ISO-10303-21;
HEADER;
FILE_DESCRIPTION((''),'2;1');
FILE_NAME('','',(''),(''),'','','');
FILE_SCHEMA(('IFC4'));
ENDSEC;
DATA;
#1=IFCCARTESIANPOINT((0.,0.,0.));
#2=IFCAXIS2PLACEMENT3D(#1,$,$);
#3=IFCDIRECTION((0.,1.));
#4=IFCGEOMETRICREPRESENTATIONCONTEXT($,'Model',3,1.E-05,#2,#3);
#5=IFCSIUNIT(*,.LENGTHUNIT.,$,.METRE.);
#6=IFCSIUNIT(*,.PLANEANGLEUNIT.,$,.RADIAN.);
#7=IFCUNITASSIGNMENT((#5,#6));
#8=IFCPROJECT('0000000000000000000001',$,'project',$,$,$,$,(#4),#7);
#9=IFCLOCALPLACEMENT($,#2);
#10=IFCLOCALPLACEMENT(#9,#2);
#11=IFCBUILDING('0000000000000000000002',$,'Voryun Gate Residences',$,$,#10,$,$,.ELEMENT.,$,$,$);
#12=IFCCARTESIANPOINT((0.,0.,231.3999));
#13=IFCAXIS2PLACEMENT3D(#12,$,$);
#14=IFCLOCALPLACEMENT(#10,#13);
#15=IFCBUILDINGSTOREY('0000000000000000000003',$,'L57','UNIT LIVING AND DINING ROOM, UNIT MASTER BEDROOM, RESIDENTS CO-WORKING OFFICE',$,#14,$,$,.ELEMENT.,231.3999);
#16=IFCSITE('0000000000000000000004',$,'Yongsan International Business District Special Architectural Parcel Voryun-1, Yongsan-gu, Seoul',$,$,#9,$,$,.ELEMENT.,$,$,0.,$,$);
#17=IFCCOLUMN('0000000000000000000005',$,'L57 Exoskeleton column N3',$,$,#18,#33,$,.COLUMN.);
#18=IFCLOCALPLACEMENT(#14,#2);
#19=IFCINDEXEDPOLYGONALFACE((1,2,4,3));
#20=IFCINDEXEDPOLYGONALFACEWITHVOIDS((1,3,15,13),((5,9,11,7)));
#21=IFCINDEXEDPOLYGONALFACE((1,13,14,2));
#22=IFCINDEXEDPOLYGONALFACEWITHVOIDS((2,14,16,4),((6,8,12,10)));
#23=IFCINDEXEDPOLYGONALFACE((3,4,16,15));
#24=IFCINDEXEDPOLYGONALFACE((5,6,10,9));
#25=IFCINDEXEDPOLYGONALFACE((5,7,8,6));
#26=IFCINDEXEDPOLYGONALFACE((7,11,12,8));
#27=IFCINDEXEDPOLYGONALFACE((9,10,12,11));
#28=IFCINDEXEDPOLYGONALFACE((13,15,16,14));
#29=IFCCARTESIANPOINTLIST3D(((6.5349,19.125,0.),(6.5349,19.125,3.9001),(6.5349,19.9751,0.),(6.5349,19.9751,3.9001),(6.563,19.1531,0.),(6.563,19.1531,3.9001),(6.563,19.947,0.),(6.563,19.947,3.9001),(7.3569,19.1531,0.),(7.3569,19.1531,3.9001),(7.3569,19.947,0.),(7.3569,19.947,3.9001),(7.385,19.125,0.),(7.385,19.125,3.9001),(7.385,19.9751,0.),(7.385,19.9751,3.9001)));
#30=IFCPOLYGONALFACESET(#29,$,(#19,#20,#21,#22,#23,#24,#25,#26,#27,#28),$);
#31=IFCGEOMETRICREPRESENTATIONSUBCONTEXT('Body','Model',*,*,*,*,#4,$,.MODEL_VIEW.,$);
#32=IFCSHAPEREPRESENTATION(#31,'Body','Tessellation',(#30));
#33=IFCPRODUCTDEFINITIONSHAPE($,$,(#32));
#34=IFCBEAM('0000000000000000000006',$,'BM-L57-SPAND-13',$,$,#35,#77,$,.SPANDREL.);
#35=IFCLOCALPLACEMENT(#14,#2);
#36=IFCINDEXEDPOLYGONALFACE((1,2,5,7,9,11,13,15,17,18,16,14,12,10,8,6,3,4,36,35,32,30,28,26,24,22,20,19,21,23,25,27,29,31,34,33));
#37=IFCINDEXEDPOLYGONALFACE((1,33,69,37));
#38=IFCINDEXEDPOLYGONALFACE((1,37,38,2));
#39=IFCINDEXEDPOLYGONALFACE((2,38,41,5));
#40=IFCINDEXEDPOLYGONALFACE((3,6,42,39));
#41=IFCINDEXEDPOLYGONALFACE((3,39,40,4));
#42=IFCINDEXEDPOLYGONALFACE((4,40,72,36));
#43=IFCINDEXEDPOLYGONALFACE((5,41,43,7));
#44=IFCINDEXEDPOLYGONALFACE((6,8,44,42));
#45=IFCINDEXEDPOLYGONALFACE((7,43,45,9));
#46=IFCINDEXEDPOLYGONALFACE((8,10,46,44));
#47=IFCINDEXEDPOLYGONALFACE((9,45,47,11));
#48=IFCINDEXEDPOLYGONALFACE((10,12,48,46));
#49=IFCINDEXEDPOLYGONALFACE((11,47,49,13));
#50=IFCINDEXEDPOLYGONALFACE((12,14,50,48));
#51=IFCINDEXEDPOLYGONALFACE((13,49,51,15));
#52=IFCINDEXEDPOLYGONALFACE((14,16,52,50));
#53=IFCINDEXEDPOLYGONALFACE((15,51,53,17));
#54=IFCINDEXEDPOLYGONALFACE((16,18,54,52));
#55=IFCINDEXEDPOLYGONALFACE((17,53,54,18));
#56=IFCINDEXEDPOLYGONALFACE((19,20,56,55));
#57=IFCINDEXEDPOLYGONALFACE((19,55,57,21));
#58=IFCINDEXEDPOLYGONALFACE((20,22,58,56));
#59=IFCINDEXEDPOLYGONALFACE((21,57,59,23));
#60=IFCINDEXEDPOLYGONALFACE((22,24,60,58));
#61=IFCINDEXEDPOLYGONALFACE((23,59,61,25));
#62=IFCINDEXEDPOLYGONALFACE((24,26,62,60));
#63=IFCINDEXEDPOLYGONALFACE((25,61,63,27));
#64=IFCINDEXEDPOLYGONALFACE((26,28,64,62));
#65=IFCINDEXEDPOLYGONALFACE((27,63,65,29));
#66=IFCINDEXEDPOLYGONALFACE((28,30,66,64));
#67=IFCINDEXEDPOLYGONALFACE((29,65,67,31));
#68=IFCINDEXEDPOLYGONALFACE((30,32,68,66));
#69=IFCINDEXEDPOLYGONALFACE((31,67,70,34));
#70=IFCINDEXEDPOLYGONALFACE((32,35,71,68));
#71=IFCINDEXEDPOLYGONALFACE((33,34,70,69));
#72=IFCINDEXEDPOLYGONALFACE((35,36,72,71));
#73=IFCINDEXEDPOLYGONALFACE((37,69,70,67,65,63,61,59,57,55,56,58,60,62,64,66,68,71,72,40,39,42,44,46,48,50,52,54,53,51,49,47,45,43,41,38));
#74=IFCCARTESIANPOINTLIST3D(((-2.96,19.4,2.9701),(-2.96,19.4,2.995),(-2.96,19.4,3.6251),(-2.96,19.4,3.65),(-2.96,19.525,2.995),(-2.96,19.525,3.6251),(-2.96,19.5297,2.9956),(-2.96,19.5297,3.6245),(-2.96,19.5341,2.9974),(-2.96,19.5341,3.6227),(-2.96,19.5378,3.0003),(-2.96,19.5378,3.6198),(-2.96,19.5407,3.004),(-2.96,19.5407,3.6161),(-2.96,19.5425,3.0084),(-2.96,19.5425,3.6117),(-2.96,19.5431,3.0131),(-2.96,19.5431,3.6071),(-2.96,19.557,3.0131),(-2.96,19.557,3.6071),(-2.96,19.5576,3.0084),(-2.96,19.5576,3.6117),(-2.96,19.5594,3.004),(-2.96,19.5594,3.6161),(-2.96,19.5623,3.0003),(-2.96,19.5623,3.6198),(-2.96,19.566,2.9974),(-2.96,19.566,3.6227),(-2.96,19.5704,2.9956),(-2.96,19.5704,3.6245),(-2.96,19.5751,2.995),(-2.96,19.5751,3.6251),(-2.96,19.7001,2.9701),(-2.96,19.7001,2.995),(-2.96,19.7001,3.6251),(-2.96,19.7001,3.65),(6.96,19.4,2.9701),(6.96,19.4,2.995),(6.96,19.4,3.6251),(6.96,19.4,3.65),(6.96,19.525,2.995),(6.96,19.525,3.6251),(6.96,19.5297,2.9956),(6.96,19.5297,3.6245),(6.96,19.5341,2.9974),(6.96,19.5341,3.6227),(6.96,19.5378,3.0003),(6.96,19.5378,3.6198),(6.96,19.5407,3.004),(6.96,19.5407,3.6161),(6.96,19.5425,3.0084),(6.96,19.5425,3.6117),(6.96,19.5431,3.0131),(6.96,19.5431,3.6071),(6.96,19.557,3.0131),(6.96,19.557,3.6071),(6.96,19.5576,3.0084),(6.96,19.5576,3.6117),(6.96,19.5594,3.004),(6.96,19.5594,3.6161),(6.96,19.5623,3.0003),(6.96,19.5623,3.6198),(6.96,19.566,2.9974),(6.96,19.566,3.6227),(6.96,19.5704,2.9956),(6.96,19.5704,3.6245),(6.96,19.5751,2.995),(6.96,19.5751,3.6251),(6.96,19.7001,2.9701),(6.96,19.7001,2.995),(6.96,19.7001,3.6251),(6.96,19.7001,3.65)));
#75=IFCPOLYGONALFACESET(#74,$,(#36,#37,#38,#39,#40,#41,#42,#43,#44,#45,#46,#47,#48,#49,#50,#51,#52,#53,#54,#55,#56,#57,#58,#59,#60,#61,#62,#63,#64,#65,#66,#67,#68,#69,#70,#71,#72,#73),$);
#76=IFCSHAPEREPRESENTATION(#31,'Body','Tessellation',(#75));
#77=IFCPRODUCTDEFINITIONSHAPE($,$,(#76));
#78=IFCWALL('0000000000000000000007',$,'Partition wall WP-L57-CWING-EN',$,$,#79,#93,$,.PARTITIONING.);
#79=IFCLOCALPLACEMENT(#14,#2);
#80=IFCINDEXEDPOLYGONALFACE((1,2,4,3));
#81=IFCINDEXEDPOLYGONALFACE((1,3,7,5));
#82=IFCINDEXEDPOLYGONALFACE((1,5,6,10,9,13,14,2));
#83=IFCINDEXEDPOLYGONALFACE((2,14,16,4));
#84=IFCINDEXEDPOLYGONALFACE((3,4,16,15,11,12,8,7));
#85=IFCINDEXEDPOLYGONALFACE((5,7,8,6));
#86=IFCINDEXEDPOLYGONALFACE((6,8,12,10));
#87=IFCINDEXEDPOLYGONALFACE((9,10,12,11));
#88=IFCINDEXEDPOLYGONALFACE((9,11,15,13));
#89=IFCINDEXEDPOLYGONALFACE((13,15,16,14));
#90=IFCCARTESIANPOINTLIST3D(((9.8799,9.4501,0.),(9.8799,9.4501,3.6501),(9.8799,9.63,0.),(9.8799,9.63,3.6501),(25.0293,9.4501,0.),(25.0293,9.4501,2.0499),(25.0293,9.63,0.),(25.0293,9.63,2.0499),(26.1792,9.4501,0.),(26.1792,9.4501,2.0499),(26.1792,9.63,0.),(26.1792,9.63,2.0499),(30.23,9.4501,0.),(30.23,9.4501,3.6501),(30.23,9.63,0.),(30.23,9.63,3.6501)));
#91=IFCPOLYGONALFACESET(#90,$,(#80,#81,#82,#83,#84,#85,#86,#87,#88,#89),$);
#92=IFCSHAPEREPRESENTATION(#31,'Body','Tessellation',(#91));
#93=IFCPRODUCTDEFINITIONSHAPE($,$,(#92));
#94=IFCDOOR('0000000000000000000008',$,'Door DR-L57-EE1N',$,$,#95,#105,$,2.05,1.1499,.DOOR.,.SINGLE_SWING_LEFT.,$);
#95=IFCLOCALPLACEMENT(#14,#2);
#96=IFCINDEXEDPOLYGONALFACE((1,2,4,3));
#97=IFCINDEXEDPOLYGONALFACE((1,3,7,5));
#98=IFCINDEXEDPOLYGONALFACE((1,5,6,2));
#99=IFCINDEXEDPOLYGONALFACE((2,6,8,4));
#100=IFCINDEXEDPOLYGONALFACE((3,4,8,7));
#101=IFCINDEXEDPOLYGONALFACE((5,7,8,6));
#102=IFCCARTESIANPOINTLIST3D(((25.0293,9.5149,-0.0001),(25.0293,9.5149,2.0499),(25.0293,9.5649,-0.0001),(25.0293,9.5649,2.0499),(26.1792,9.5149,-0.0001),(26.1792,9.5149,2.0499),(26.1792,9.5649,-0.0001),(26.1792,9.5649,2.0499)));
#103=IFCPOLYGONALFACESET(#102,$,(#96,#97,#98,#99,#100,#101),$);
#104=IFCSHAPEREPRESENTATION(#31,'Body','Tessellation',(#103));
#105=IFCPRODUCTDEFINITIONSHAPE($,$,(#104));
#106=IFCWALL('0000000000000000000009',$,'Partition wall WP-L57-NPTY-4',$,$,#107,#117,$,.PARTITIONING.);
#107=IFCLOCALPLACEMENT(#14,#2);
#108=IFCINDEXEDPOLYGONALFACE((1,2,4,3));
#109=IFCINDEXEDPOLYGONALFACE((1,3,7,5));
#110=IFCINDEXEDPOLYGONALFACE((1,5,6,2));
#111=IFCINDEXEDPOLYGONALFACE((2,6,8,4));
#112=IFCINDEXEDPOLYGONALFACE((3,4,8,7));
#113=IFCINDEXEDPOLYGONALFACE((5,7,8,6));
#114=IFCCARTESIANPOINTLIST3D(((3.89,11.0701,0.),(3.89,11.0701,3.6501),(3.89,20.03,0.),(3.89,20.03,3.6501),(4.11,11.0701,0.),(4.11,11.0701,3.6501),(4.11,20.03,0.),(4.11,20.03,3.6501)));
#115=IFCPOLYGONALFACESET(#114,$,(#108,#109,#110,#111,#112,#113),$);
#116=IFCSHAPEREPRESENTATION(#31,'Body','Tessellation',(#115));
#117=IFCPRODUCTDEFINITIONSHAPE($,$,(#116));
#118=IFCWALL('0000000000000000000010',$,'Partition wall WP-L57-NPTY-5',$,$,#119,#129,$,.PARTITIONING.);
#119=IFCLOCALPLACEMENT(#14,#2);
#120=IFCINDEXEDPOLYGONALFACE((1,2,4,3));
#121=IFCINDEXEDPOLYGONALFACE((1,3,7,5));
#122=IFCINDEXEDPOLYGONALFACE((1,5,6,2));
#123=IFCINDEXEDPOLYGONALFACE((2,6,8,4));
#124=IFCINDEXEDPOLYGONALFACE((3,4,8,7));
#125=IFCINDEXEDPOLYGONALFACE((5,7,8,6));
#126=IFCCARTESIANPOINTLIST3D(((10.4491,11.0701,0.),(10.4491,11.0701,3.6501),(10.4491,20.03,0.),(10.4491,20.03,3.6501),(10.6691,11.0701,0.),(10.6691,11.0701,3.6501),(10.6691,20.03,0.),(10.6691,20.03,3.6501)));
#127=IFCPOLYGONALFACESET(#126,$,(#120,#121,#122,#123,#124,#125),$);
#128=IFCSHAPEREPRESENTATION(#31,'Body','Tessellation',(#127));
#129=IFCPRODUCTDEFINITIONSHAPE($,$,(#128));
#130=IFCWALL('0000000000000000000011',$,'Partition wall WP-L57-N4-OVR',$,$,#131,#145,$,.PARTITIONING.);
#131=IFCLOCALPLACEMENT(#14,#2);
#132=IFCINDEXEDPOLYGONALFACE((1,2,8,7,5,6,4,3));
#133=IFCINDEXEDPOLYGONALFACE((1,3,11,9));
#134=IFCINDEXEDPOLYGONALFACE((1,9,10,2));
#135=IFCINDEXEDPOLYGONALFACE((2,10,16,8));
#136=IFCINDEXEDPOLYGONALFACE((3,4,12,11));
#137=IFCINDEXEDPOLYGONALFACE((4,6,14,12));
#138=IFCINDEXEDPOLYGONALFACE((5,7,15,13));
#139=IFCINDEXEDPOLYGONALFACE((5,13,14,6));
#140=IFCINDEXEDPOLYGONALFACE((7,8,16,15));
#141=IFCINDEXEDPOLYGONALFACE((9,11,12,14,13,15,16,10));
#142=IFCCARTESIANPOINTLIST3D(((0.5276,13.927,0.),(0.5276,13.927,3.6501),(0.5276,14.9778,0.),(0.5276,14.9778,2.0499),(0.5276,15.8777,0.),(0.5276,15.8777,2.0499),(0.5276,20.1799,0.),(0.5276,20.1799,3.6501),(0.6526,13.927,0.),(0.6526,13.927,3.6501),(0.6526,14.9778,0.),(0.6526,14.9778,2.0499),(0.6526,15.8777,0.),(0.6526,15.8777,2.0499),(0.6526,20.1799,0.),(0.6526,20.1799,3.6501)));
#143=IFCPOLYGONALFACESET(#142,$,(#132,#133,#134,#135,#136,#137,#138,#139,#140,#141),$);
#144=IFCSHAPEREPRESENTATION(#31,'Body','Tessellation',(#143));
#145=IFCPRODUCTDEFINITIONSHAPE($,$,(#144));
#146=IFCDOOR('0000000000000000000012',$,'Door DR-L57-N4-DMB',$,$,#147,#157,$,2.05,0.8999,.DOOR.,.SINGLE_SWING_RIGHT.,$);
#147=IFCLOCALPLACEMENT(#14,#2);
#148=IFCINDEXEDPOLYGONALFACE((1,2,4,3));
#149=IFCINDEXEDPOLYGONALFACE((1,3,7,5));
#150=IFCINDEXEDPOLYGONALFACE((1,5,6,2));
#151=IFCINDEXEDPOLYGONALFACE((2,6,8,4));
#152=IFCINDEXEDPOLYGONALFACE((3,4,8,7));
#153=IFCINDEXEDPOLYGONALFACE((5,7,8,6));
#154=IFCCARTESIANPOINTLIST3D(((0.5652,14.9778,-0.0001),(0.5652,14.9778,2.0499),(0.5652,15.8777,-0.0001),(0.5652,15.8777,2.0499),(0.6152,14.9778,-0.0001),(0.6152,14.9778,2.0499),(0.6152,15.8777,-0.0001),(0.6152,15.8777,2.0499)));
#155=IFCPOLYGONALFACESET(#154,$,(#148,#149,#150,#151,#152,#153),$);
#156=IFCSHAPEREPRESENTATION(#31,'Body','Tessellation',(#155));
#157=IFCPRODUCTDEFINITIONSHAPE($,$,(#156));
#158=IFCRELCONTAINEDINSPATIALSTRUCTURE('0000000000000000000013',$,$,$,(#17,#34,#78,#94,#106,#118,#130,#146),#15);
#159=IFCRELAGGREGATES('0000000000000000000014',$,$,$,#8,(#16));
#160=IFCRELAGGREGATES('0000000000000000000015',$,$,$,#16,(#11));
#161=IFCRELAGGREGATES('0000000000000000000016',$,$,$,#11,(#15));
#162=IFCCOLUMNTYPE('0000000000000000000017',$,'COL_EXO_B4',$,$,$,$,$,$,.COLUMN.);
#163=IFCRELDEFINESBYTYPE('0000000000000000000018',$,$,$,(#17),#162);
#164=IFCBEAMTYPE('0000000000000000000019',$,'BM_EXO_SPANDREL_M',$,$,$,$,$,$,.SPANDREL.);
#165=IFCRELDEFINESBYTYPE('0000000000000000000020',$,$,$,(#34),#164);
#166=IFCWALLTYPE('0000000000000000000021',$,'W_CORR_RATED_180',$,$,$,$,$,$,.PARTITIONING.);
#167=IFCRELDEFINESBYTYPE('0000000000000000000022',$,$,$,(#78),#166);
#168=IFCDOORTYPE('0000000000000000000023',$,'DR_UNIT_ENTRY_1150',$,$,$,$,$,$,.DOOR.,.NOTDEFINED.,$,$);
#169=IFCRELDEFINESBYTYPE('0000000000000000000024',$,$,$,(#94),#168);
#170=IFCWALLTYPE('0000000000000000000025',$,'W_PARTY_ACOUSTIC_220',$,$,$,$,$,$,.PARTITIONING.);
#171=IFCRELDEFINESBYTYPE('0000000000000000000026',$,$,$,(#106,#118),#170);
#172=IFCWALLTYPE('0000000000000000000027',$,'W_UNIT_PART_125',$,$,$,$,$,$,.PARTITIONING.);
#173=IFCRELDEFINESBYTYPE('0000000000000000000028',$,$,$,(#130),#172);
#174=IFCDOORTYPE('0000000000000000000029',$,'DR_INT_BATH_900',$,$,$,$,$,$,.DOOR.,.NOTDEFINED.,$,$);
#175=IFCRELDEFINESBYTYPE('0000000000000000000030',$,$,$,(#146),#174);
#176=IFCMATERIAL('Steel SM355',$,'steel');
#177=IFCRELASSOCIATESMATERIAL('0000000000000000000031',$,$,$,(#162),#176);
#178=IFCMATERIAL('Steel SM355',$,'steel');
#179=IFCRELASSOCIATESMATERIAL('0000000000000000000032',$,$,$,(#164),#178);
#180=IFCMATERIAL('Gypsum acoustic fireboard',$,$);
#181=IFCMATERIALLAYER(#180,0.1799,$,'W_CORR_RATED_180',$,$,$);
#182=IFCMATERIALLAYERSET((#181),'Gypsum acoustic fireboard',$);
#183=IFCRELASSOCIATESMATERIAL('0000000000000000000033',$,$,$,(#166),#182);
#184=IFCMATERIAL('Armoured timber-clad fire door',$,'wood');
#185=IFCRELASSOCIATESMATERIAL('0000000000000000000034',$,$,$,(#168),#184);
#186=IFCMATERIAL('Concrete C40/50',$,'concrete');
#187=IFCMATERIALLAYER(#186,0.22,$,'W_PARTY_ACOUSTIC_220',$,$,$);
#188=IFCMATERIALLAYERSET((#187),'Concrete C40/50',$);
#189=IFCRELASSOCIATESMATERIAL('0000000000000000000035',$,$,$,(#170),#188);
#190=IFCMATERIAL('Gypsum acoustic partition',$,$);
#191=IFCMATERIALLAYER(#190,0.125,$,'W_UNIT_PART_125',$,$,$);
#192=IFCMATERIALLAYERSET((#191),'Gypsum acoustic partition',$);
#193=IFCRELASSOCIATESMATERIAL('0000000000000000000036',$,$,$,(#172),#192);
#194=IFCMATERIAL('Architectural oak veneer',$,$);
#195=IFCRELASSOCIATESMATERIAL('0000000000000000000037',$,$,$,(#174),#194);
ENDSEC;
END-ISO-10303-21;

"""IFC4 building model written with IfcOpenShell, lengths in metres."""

from ifc_helpers import new_model, si_unit, direction, frame, frame_2d, origin, origin_2d, place, context, subcontext, project, spatial, rectangle, hollow_rectangle, i_section, extrude, material, layer, layer_set, material_profile, profile_set, type_object, element, fill, save


model = new_model("IFC4")

# Units and contexts
model_context = context("Model", 3, precision=1e-05, world=origin(), true_north=direction((0.0, 1.0)))
body_context = subcontext(model_context, "Body", "Model", "MODEL_VIEW")
ifc_project = project(units=[si_unit("LENGTHUNIT", "METRE"), si_unit("PLANEANGLEUNIT", "RADIAN")], contexts=[model_context])

# Site, building, storey
site_placement = place(None, origin())
site = spatial("IfcSite", under=ifc_project, at=site_placement, Name="Yongsan International Business District Special Architectural Parcel Voryun-1, Yongsan-gu, Seoul", CompositionType="ELEMENT", RefElevation=0.0)
building_placement = place(site_placement, origin())
building = spatial("IfcBuilding", under=site, at=building_placement, Name="Voryun Gate Residences", CompositionType="ELEMENT")
storey_placement = place(building_placement, frame((0.0, 0.0, 231.3999)))
storey = spatial("IfcBuildingStorey", under=building, at=storey_placement, Name="L57", Description="UNIT LIVING AND DINING ROOM, UNIT MASTER BEDROOM, RESIDENTS CO-WORKING OFFICE", CompositionType="ELEMENT", Elevation=231.3999)

# Column
ifc_material_1 = material(Name="Steel SM355", Category="steel")
ifc_material_profile_1 = material_profile(ifc_material_1, hollow_rectangle(XDim=0.8501, YDim=0.8501, WallThickness=0.0281, at=origin_2d()), Name="BOX-850x850x28")
ifc_profile_set_1 = profile_set([ifc_material_profile_1], Name="Steel SM355")
column_type = type_object("IfcColumnType", Name="COL_EXO_B4", PredefinedType="COLUMN", material=ifc_profile_set_1)
column_placement = place(storey_placement, frame((6.96, 19.55, 0.0), z_axis=(0.0, 0.0, 1.0), x_axis=(1.0, 0.0, 0.0)))
element("IfcColumn", 1, at=column_placement, inside=storey, type_object=column_type, Name="L57 Exoskeleton column N3", PredefinedType="COLUMN", context=body_context, shape_type="SweptSolid", body=[
    extrude(hollow_rectangle(XDim=0.8501, YDim=0.8501, WallThickness=0.0281, at=origin_2d()), origin(), (0.0, 0.0, 1.0), 3.9001),
])

# Beam
ifc_material_2 = material(Name="Steel SM355", Category="steel")
ifc_material_profile_2 = material_profile(ifc_material_2, i_section(OverallWidth=0.3, OverallDepth=0.6799, WebThickness=0.0139, FlangeThickness=0.0249, FilletRadius=0.0181, at=origin_2d()), Name="H-680x300x14x25")
ifc_profile_set_2 = profile_set([ifc_material_profile_2], Name="Steel SM355")
beam_type = type_object("IfcBeamType", Name="BM_EXO_SPANDREL_M", PredefinedType="SPANDREL", material=ifc_profile_set_2)
beam_placement = place(storey_placement, frame((6.96, 19.55, 3.3101), z_axis=(-1.0, 0.0, 0.0), x_axis=(0.0, -1.0, 0.0)))
element("IfcBeam", 2, at=beam_placement, inside=storey, type_object=beam_type, Name="BM-L57-SPAND-13", PredefinedType="SPANDREL", context=body_context, shape_type="SweptSolid", body=[
    extrude(i_section(OverallWidth=0.3, OverallDepth=0.6799, WebThickness=0.0139, FlangeThickness=0.0249, FilletRadius=0.0181, at=origin_2d()), origin(), (0.0, 0.0, 1.0), 9.9199),
])

# Wall, opening, door
ifc_material_3 = material(Name="Gypsum acoustic fireboard")
ifc_layer_1 = layer(ifc_material_3, 0.1799, Name="W_CORR_RATED_180")
ifc_layer_set_1 = layer_set([ifc_layer_1], Name="Gypsum acoustic fireboard")
wall_type_1 = type_object("IfcWallType", Name="W_CORR_RATED_180", PredefinedType="PARTITIONING", material=ifc_layer_set_1)
wall_1_placement = place(storey_placement, frame((9.8799, 9.54, 0.0), z_axis=(0.0, 0.0, 1.0), x_axis=(1.0, 0.0, 0.0)))
wall_1 = element("IfcWall", 3, at=wall_1_placement, inside=storey, type_object=wall_type_1, Name="Partition wall WP-L57-CWING-EN", PredefinedType="PARTITIONING", context=body_context, shape_type="SweptSolid", body=[
    extrude(rectangle(XDim=20.3501, YDim=0.1799, at=frame_2d((10.175, 0.0))), origin(), (0.0, 0.0, 1.0), 3.6501),
])
opening_1_placement = place(wall_1_placement, frame((15.1494, 0.0, 0.0)))
opening_1 = element("IfcOpeningElement", 4, at=opening_1_placement, cuts=wall_1, PredefinedType="OPENING", context=body_context, shape_type="SweptSolid", body=[
    extrude(rectangle(XDim=1.1499, YDim=2.05, at=frame_2d((0.575, 1.0249))), frame((0.0, 0.0999, 0.0), z_axis=(0.0, -1.0, 0.0), x_axis=(1.0, 0.0, 0.0)), (0.0, 0.0, 1.0), 0.2),
])
ifc_material_4 = material(Name="Armoured timber-clad fire door", Category="wood")
door_type_1 = type_object("IfcDoorType", Name="DR_UNIT_ENTRY_1150", OperationType="NOTDEFINED", PredefinedType="DOOR", material=ifc_material_4)
door_1_placement = place(opening_1_placement, origin())
door_1 = element("IfcDoor", 5, at=door_1_placement, inside=storey, type_object=door_type_1, Name="Door DR-L57-EE1N", OperationType="SINGLE_SWING_LEFT", OverallHeight=2.05, OverallWidth=1.1499, PredefinedType="DOOR", context=body_context, shape_type="SweptSolid", body=[
    extrude(rectangle(XDim=1.1499, YDim=2.05, at=frame_2d((0.575, 1.0249))), frame((0.0, 0.0249, 0.0), z_axis=(0.0, -1.0, 0.0), x_axis=(1.0, 0.0, 0.0)), (0.0, 0.0, 1.0), 0.05),
])
fill(opening_1, door_1)

# Walls
ifc_material_5 = material(Name="Concrete C40/50", Category="concrete")
ifc_layer_2 = layer(ifc_material_5, 0.22, Name="W_PARTY_ACOUSTIC_220")
ifc_layer_set_2 = layer_set([ifc_layer_2], Name="Concrete C40/50")
wall_type_2 = type_object("IfcWallType", Name="W_PARTY_ACOUSTIC_220", PredefinedType="PARTITIONING", material=ifc_layer_set_2)
for number, where, z_axis, x_axis, name in (
    (6, (4.0, 11.0701, 0.0), (0.0, 0.0, 1.0), (0.0, 1.0, 0.0), "Partition wall WP-L57-NPTY-4"),
    (7, (10.5591, 11.0701, 0.0), (0.0, 0.0, 1.0), (0.0, 1.0, 0.0), "Partition wall WP-L57-NPTY-5"),
):
    element("IfcWall", number, at=place(storey_placement, frame(where, z_axis=z_axis, x_axis=x_axis)), inside=storey, type_object=wall_type_2, Name=name, PredefinedType="PARTITIONING", context=body_context, shape_type="SweptSolid", body=[
        extrude(rectangle(XDim=8.96, YDim=0.22, at=frame_2d((4.48, 0.0))), origin(), (0.0, 0.0, 1.0), 3.6501),
    ])

# Wall, opening, door
ifc_material_6 = material(Name="Gypsum acoustic partition")
ifc_layer_3 = layer(ifc_material_6, 0.125, Name="W_UNIT_PART_125")
ifc_layer_set_3 = layer_set([ifc_layer_3], Name="Gypsum acoustic partition")
wall_type_3 = type_object("IfcWallType", Name="W_UNIT_PART_125", PredefinedType="PARTITIONING", material=ifc_layer_set_3)
wall_2_placement = place(storey_placement, frame((0.5901, 13.927, 0.0), z_axis=(0.0, 0.0, 1.0), x_axis=(0.0, 1.0, 0.0)))
wall_2 = element("IfcWall", 8, at=wall_2_placement, inside=storey, type_object=wall_type_3, Name="Partition wall WP-L57-N4-OVR", PredefinedType="PARTITIONING", context=body_context, shape_type="SweptSolid", body=[
    extrude(rectangle(XDim=6.2529, YDim=0.125, at=frame_2d((3.1265, 0.0))), origin(), (0.0, 0.0, 1.0), 3.6501),
])
opening_2_placement = place(wall_2_placement, frame((1.0508, 0.0, 0.0)))
opening_2 = element("IfcOpeningElement", 9, at=opening_2_placement, cuts=wall_2, PredefinedType="OPENING", context=body_context, shape_type="SweptSolid", body=[
    extrude(rectangle(XDim=0.8999, YDim=2.05, at=frame_2d((0.45, 1.0249))), frame((0.0, 0.0725, 0.0), z_axis=(0.0, -1.0, 0.0), x_axis=(1.0, 0.0, 0.0)), (0.0, 0.0, 1.0), 0.145),
])
ifc_material_7 = material(Name="Architectural oak veneer")
door_type_2 = type_object("IfcDoorType", Name="DR_INT_BATH_900", OperationType="NOTDEFINED", PredefinedType="DOOR", material=ifc_material_7)
door_2_placement = place(opening_2_placement, origin())
door_2 = element("IfcDoor", 10, at=door_2_placement, inside=storey, type_object=door_type_2, Name="Door DR-L57-N4-DMB", OperationType="SINGLE_SWING_RIGHT", OverallHeight=2.05, OverallWidth=0.8999, PredefinedType="DOOR", context=body_context, shape_type="SweptSolid", body=[
    extrude(rectangle(XDim=0.8999, YDim=2.05, at=frame_2d((0.45, 1.0249))), frame((0.0, 0.0249, 0.0), z_axis=(0.0, -1.0, 0.0), x_axis=(1.0, 0.0, 0.0)), (0.0, 0.0, 1.0), 0.05),
])
fill(opening_2, door_2)

save(model, "model.ifc")
